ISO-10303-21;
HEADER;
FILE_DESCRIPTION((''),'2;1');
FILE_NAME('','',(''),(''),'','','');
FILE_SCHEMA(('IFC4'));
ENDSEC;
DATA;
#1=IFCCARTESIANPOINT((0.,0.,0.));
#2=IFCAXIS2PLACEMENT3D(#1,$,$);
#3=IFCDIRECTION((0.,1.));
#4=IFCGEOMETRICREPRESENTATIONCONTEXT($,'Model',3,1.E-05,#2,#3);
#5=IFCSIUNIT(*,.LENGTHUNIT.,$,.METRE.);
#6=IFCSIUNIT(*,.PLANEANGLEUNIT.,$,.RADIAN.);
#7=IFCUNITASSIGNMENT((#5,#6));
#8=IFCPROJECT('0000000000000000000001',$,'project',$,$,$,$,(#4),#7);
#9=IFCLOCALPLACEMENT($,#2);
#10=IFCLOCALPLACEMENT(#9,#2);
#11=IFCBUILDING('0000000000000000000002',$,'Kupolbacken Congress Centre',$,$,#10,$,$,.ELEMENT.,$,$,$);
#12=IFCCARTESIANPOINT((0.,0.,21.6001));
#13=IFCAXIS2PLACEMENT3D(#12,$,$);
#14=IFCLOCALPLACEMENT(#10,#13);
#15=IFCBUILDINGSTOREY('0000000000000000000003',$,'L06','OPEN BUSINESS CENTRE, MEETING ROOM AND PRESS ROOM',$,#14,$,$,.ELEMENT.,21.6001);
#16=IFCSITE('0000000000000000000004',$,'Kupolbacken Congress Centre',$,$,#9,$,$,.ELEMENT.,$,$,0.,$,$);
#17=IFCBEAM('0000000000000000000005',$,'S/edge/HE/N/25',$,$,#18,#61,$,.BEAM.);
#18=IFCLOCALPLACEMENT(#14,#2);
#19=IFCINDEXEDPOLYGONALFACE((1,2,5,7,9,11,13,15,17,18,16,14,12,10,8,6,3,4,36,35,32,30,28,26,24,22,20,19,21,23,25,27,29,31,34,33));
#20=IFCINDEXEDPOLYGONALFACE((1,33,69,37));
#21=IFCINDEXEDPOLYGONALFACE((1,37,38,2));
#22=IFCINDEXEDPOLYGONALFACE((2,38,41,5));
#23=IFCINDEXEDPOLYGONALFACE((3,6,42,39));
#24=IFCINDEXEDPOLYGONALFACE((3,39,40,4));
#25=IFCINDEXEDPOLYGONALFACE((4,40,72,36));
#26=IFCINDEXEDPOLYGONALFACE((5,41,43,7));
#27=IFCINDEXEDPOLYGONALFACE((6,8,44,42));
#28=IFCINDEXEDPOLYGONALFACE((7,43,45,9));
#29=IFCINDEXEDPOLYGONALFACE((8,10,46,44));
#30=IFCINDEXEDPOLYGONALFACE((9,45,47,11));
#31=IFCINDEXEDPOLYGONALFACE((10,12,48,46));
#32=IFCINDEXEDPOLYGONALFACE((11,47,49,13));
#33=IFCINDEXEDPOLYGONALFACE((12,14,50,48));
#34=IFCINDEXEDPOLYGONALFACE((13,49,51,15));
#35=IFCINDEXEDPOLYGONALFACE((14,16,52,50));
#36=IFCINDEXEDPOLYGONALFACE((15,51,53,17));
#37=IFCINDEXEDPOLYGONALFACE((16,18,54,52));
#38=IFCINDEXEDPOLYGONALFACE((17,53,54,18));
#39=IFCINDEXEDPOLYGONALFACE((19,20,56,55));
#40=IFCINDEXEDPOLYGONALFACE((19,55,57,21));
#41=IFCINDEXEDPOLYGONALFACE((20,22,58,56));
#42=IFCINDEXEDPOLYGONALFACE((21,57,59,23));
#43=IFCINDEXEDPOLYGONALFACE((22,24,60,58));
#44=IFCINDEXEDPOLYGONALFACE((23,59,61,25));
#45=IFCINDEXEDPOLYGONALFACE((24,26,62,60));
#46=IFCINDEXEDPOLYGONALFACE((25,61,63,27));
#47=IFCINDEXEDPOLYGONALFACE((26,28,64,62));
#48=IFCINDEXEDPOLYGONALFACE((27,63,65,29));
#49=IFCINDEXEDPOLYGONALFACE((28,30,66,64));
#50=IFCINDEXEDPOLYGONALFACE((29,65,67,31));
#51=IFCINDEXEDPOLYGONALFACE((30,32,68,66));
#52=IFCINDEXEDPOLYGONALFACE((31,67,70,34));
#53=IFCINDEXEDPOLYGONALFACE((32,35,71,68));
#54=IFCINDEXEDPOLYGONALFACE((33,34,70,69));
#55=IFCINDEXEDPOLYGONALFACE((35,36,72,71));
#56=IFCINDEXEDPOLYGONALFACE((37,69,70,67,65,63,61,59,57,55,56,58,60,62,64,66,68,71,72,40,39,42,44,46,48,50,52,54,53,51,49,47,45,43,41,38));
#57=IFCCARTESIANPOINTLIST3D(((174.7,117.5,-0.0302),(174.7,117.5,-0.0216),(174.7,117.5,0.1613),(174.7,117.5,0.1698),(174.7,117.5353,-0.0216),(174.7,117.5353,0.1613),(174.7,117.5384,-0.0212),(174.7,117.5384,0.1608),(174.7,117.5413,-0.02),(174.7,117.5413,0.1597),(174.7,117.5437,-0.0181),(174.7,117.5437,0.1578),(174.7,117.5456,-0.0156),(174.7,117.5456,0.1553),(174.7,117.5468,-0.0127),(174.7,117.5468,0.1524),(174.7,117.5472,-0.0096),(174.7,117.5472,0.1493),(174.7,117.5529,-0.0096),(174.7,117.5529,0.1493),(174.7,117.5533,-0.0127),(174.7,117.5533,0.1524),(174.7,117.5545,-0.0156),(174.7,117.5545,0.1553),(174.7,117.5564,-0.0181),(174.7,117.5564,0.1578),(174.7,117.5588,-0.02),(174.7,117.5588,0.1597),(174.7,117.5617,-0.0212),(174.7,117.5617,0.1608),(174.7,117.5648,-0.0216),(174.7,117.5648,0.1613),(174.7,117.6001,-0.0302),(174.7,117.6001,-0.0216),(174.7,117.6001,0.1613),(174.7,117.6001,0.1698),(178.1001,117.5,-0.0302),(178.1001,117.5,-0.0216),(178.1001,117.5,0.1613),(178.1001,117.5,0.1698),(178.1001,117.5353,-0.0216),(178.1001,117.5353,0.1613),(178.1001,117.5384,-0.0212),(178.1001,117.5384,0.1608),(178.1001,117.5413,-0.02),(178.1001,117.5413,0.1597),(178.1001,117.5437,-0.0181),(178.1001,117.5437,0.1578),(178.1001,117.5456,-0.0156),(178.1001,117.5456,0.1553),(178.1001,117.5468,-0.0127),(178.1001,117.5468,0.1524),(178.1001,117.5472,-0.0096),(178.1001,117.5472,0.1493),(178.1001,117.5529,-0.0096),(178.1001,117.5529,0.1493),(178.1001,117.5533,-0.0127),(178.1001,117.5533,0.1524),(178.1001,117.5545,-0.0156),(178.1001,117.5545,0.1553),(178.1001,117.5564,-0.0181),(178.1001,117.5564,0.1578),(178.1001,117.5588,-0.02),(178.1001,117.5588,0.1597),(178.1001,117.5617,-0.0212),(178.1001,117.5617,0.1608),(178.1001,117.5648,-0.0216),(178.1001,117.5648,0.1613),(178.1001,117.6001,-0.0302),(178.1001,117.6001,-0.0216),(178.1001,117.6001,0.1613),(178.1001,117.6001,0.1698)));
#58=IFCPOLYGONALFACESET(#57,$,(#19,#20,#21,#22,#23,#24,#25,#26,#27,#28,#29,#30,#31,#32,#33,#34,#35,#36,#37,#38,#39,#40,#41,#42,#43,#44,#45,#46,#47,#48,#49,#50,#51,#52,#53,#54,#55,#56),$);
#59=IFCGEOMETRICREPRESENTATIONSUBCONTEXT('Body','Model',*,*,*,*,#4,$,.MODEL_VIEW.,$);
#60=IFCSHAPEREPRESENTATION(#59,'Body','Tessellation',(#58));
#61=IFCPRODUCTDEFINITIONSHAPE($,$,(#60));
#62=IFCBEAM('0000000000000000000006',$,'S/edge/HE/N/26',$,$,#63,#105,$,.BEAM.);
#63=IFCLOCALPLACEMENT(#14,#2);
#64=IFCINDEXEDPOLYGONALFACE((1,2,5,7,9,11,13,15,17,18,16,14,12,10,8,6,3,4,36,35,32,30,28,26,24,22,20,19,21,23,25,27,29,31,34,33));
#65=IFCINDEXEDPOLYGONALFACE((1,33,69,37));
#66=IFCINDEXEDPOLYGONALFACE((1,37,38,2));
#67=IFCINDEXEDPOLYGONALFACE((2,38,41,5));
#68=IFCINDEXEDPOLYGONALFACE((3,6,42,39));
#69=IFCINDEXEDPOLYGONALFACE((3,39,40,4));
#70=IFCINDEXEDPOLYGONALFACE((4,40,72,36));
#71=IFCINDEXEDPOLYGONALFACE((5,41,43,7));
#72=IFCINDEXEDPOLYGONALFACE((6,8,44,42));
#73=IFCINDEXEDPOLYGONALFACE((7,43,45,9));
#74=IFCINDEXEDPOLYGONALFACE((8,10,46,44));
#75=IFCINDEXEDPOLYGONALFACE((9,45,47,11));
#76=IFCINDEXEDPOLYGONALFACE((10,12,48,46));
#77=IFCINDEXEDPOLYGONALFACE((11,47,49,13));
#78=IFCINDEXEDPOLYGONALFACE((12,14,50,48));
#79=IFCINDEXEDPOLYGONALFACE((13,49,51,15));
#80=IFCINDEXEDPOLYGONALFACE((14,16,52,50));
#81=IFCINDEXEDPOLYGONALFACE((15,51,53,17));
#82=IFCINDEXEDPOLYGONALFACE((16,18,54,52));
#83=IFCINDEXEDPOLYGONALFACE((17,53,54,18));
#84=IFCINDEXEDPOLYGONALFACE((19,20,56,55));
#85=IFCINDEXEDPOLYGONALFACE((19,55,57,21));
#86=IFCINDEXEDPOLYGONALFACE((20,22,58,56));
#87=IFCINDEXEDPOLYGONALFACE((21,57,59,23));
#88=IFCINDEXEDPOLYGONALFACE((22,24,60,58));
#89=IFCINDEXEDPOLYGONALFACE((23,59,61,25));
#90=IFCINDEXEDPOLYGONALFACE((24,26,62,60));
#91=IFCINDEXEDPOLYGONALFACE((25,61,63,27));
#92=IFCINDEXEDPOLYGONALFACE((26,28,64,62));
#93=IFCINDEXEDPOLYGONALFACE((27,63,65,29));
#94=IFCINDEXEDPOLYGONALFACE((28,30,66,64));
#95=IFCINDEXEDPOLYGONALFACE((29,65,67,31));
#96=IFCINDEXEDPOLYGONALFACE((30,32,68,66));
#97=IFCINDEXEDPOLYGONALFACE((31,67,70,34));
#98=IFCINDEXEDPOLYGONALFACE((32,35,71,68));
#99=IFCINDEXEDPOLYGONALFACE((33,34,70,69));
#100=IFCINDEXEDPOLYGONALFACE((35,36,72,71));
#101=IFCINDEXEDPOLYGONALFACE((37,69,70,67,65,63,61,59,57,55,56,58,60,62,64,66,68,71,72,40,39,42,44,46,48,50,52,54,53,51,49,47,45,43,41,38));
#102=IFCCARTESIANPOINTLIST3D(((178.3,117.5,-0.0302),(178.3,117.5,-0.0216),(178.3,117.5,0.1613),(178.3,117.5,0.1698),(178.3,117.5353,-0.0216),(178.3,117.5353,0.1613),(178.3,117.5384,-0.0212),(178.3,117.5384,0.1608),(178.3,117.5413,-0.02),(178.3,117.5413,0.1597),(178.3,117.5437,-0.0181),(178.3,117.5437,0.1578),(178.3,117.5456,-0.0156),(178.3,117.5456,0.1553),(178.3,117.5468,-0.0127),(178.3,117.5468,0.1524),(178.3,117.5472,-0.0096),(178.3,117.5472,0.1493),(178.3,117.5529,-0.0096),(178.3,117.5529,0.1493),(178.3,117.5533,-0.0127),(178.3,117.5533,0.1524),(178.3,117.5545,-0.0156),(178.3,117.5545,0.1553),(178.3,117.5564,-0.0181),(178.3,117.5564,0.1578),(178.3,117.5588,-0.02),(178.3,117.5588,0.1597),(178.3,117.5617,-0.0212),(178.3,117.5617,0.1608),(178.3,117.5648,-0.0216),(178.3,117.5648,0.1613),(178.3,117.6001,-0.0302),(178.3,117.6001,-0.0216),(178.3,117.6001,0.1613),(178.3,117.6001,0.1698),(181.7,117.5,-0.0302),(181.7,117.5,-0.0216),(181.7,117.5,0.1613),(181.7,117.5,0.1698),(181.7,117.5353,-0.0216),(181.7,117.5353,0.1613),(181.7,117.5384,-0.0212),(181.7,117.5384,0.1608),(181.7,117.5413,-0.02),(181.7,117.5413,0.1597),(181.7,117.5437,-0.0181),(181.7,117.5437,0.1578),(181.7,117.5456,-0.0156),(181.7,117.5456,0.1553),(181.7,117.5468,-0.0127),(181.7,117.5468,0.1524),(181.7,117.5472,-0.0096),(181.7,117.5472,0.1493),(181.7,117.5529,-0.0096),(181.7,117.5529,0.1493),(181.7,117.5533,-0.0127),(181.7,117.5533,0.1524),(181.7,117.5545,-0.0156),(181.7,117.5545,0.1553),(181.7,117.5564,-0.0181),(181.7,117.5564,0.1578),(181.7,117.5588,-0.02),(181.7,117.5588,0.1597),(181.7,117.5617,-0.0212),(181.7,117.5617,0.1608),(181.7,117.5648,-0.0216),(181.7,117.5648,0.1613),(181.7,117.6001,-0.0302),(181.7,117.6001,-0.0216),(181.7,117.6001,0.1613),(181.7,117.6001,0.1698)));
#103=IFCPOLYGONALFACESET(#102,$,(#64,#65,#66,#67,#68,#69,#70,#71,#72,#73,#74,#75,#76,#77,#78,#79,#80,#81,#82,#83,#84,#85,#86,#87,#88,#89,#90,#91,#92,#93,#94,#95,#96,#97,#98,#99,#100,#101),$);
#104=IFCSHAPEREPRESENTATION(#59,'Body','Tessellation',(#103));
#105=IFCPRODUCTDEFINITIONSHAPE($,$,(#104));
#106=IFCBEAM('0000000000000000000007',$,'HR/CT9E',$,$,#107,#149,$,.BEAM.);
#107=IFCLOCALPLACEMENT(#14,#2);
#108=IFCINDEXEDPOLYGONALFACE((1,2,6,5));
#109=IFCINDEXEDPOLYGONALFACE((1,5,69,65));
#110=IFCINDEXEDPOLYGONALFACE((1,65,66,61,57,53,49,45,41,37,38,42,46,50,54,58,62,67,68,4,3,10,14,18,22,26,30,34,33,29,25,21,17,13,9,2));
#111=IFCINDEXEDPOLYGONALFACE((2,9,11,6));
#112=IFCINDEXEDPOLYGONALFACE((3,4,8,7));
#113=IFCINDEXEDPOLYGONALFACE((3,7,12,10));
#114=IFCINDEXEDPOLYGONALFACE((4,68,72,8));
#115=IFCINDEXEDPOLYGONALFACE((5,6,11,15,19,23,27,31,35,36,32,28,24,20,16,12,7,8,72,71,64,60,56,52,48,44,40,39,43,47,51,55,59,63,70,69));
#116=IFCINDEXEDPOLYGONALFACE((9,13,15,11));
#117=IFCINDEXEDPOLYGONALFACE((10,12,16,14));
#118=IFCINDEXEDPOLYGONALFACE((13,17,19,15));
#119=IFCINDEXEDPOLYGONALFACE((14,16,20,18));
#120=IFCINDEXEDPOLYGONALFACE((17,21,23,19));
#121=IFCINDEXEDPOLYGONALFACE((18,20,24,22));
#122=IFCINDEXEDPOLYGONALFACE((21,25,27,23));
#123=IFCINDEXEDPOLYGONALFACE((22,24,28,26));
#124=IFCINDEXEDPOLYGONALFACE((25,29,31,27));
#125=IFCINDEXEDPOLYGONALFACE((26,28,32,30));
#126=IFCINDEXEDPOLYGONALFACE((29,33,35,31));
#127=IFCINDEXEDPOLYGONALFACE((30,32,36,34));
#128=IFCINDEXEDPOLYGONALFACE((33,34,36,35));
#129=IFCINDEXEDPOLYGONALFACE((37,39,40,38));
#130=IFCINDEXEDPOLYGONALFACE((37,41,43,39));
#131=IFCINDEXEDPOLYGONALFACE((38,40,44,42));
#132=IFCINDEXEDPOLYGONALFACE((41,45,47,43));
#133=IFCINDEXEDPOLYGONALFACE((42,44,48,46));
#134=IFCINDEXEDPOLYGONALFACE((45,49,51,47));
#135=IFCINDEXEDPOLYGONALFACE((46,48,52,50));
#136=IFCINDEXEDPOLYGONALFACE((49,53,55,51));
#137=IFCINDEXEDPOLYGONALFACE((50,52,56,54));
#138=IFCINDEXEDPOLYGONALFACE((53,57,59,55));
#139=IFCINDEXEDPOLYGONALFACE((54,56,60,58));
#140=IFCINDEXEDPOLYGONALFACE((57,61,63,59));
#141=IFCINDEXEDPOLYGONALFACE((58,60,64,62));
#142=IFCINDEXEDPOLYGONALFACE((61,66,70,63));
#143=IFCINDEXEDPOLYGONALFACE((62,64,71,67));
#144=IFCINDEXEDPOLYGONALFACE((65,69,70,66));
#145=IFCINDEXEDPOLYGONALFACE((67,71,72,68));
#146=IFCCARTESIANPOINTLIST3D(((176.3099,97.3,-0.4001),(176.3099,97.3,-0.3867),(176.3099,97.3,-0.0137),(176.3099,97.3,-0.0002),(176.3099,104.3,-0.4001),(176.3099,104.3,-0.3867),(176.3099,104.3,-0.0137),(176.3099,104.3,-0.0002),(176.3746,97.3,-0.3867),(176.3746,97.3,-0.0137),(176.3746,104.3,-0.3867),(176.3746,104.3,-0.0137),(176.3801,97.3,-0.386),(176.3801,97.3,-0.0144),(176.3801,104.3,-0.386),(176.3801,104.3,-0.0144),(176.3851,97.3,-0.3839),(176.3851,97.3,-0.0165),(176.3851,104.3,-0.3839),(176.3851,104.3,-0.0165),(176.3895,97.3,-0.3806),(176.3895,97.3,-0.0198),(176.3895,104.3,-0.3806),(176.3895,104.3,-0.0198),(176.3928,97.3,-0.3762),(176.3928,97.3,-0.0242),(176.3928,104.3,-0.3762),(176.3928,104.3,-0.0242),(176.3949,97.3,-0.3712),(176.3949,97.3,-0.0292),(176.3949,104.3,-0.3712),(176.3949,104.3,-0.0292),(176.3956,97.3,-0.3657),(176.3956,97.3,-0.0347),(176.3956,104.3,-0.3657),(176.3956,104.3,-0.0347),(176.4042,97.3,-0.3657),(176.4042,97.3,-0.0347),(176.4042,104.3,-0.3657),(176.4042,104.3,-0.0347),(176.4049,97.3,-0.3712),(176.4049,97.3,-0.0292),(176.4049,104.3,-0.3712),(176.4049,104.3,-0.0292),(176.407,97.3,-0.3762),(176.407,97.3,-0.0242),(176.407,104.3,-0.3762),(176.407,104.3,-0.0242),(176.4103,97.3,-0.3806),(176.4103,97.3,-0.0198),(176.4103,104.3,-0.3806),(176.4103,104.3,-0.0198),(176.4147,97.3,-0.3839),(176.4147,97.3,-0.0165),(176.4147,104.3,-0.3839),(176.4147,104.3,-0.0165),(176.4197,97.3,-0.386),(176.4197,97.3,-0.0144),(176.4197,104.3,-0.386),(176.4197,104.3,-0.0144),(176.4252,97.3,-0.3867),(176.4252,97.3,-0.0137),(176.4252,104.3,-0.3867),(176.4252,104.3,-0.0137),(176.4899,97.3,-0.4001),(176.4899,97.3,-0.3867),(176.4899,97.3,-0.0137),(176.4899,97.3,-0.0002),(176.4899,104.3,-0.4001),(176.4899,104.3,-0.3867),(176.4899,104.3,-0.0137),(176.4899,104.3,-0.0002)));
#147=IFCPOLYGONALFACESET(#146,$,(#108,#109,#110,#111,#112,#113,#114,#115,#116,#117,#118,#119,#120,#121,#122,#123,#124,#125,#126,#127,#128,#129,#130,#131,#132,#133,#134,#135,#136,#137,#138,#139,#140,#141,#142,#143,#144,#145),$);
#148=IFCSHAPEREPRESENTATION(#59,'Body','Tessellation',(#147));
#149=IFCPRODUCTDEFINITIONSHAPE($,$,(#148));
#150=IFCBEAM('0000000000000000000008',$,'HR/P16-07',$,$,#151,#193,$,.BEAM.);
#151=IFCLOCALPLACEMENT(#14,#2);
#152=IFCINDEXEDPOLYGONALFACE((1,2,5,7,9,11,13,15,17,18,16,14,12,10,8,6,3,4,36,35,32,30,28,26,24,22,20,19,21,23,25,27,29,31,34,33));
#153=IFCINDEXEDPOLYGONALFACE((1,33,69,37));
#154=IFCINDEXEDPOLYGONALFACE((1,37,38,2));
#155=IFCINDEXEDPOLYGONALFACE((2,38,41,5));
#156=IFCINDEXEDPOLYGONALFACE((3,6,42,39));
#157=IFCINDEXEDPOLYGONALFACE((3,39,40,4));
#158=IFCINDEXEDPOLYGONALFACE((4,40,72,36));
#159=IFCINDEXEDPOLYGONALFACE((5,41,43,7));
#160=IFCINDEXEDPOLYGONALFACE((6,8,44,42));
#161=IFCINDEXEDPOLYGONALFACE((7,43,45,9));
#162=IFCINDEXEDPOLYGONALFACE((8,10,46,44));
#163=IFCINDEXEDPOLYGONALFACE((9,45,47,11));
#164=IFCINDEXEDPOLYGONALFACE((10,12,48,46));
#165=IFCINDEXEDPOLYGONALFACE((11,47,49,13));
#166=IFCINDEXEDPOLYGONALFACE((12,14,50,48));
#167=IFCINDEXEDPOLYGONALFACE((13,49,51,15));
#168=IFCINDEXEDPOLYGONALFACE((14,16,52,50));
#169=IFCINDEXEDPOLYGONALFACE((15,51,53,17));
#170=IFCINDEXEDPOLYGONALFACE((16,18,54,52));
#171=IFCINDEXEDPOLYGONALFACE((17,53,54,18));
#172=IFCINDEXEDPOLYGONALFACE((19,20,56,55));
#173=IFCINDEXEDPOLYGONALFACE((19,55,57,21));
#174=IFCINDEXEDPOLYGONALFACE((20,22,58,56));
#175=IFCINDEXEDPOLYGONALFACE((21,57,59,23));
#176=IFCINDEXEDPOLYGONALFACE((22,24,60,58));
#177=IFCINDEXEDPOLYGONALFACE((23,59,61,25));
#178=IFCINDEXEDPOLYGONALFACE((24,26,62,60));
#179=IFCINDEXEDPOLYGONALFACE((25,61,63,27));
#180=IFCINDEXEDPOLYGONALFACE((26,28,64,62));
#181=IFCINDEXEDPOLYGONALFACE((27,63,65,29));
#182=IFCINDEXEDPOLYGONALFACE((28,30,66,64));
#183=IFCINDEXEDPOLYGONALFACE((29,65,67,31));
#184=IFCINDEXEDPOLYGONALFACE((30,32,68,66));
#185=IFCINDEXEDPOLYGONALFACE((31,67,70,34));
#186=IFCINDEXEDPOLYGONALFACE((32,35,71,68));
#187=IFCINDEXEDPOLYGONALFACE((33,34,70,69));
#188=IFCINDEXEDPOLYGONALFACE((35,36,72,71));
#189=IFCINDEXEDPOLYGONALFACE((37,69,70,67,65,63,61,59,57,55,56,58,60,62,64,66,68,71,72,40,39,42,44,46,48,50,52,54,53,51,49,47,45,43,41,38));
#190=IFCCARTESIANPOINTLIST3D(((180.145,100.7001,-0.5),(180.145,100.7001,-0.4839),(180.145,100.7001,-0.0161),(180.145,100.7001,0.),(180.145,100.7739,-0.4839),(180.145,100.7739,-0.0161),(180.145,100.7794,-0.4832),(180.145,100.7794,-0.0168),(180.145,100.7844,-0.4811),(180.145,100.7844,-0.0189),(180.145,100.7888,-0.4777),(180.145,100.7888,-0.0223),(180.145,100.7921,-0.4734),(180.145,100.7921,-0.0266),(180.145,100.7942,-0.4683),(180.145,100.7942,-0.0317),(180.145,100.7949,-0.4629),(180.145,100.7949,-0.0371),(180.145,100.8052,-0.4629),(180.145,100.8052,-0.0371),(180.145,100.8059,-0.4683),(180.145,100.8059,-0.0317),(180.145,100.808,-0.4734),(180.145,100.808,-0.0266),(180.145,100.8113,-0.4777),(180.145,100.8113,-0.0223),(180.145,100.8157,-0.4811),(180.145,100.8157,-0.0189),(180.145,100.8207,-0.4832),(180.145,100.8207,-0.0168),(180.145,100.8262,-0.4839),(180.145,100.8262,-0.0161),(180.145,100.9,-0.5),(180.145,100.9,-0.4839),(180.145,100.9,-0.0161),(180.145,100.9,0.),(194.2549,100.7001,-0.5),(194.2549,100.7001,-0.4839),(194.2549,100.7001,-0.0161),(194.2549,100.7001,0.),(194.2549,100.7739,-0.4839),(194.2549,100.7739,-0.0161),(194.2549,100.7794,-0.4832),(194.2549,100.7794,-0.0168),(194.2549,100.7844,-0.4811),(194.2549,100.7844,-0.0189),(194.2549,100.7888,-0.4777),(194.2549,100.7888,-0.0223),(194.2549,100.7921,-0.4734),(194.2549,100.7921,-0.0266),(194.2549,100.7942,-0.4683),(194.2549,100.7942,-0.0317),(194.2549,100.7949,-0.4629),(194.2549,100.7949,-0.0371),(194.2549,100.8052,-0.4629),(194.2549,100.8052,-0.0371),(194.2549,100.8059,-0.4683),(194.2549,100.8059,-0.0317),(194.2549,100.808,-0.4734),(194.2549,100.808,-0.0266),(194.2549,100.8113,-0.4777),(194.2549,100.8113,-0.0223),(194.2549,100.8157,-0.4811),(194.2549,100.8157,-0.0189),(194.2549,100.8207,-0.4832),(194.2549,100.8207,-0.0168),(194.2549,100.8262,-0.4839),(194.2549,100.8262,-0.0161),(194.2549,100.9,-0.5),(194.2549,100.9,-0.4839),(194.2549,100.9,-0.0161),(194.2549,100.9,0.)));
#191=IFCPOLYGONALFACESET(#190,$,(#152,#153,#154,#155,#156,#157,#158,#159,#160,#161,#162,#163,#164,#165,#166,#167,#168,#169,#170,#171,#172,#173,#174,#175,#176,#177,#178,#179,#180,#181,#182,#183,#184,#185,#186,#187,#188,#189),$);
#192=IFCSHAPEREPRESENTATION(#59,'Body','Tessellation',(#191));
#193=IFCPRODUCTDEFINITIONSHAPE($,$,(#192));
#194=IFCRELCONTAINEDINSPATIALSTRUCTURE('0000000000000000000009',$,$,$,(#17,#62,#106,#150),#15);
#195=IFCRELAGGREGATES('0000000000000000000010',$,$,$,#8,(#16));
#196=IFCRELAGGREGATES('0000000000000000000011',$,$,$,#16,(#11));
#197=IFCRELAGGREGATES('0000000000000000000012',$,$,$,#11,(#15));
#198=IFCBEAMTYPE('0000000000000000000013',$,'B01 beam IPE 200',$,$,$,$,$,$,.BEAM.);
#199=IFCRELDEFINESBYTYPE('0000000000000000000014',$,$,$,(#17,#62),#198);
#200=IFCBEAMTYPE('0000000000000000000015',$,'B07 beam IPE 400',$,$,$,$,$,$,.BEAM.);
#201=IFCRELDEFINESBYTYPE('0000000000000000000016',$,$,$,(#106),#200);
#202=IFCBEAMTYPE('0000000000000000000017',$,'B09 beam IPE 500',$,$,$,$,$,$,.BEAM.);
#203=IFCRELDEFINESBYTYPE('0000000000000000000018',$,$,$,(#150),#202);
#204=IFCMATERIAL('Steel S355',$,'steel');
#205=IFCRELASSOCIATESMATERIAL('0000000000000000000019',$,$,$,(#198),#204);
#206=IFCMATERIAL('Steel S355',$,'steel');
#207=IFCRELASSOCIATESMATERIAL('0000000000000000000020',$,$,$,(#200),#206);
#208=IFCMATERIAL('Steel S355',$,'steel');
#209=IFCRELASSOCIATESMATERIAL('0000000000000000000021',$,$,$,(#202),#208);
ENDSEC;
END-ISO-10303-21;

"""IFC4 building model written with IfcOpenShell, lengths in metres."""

from ifc_helpers import new_model, si_unit, direction, frame, origin, origin_2d, place, context, subcontext, project, spatial, i_section, extrude, material, material_profile, profile_set, type_object, element, save


model = new_model("IFC4")

# Units and contexts
model_context = context("Model", 3, precision=1e-05, world=origin(), true_north=direction((0.0, 1.0)))
body_context = subcontext(model_context, "Body", "Model", "MODEL_VIEW")
ifc_project = project(units=[si_unit("LENGTHUNIT", "METRE"), si_unit("PLANEANGLEUNIT", "RADIAN")], contexts=[model_context])

# Site, building, storey
site_placement = place(None, origin())
site = spatial("IfcSite", under=ifc_project, at=site_placement, Name="Kupolbacken Congress Centre", CompositionType="ELEMENT", RefElevation=0.0)
building_placement = place(site_placement, origin())
building = spatial("IfcBuilding", under=site, at=building_placement, Name="Kupolbacken Congress Centre", CompositionType="ELEMENT")
storey_placement = place(building_placement, frame((0.0, 0.0, 21.6001)))
storey = spatial("IfcBuildingStorey", under=building, at=storey_placement, Name="L06", Description="OPEN BUSINESS CENTRE, MEETING ROOM AND PRESS ROOM", CompositionType="ELEMENT", Elevation=21.6001)

# Beams
ifc_material_1 = material(Name="Steel S355", Category="steel")
ifc_material_profile_1 = material_profile(ifc_material_1, i_section(OverallWidth=0.1001, OverallDepth=0.2, WebThickness=0.0056, FlangeThickness=0.0085, FilletRadius=0.012, at=origin_2d()), Name="IPE 200")
ifc_profile_set_1 = profile_set([ifc_material_profile_1], Name="Steel S355")
beam_type_1 = type_object("IfcBeamType", Name="B01 beam IPE 200", PredefinedType="BEAM", material=ifc_profile_set_1)
beam_1_placement = place(storey_placement, frame((174.7, 117.55, 0.0698), z_axis=(1.0, 0.0, 0.0), x_axis=(0.0, 1.0, 0.0)))
element("IfcBeam", 1, at=beam_1_placement, inside=storey, type_object=beam_type_1, Name="S/edge/HE/N/25", PredefinedType="BEAM", context=body_context, shape_type="SweptSolid", body=[
    extrude(i_section(OverallWidth=0.1001, OverallDepth=0.2, WebThickness=0.0056, FlangeThickness=0.0085, FilletRadius=0.012, at=origin_2d()), origin(), (0.0, 0.0, 1.0), 3.4001),
])
beam_2_placement = place(storey_placement, frame((178.3, 117.55, 0.0698), z_axis=(1.0, 0.0, 0.0), x_axis=(0.0, 1.0, 0.0)))
element("IfcBeam", 2, at=beam_2_placement, inside=storey, type_object=beam_type_1, Name="S/edge/HE/N/26", PredefinedType="BEAM", context=body_context, shape_type="SweptSolid", body=[
    extrude(i_section(OverallWidth=0.1001, OverallDepth=0.2, WebThickness=0.0056, FlangeThickness=0.0085, FilletRadius=0.012, at=origin_2d()), origin(), (0.0, 0.0, 1.0), 3.3999),
])
ifc_material_2 = material(Name="Steel S355", Category="steel")
ifc_material_profile_2 = material_profile(ifc_material_2, i_section(OverallWidth=0.1799, OverallDepth=0.3999, WebThickness=0.0085, FlangeThickness=0.0134, FilletRadius=0.021, at=origin_2d()), Name="IPE 400")
ifc_profile_set_2 = profile_set([ifc_material_profile_2], Name="Steel S355")
beam_type_2 = type_object("IfcBeamType", Name="B07 beam IPE 400", PredefinedType="BEAM", material=ifc_profile_set_2)
beam_3_placement = place(storey_placement, frame((176.3999, 97.3, -0.2002), z_axis=(0.0, 1.0, 0.0), x_axis=(-1.0, 0.0, 0.0)))
element("IfcBeam", 3, at=beam_3_placement, inside=storey, type_object=beam_type_2, Name="HR/CT9E", PredefinedType="BEAM", context=body_context, shape_type="SweptSolid", body=[
    extrude(i_section(OverallWidth=0.1799, OverallDepth=0.3999, WebThickness=0.0085, FlangeThickness=0.0134, FilletRadius=0.021, at=origin_2d()), origin(), (0.0, 0.0, 1.0), 7.0),
])
ifc_material_3 = material(Name="Steel S355", Category="steel")
ifc_material_profile_3 = material_profile(ifc_material_3, i_section(OverallWidth=0.2, OverallDepth=0.5, WebThickness=0.0103, FlangeThickness=0.0161, FilletRadius=0.021, at=origin_2d()), Name="IPE 500")
ifc_profile_set_3 = profile_set([ifc_material_profile_3], Name="Steel S355")
beam_type_3 = type_object("IfcBeamType", Name="B09 beam IPE 500", PredefinedType="BEAM", material=ifc_profile_set_3)
beam_4_placement = place(storey_placement, frame((180.145, 100.8, -0.25), z_axis=(1.0, 0.0, 0.0), x_axis=(0.0, 1.0, 0.0)))
element("IfcBeam", 4, at=beam_4_placement, inside=storey, type_object=beam_type_3, Name="HR/P16-07", PredefinedType="BEAM", context=body_context, shape_type="SweptSolid", body=[
    extrude(i_section(OverallWidth=0.2, OverallDepth=0.5, WebThickness=0.0103, FlangeThickness=0.0161, FilletRadius=0.021, at=origin_2d()), origin(), (0.0, 0.0, 1.0), 14.1099),
])

save(model, "model.ifc")
